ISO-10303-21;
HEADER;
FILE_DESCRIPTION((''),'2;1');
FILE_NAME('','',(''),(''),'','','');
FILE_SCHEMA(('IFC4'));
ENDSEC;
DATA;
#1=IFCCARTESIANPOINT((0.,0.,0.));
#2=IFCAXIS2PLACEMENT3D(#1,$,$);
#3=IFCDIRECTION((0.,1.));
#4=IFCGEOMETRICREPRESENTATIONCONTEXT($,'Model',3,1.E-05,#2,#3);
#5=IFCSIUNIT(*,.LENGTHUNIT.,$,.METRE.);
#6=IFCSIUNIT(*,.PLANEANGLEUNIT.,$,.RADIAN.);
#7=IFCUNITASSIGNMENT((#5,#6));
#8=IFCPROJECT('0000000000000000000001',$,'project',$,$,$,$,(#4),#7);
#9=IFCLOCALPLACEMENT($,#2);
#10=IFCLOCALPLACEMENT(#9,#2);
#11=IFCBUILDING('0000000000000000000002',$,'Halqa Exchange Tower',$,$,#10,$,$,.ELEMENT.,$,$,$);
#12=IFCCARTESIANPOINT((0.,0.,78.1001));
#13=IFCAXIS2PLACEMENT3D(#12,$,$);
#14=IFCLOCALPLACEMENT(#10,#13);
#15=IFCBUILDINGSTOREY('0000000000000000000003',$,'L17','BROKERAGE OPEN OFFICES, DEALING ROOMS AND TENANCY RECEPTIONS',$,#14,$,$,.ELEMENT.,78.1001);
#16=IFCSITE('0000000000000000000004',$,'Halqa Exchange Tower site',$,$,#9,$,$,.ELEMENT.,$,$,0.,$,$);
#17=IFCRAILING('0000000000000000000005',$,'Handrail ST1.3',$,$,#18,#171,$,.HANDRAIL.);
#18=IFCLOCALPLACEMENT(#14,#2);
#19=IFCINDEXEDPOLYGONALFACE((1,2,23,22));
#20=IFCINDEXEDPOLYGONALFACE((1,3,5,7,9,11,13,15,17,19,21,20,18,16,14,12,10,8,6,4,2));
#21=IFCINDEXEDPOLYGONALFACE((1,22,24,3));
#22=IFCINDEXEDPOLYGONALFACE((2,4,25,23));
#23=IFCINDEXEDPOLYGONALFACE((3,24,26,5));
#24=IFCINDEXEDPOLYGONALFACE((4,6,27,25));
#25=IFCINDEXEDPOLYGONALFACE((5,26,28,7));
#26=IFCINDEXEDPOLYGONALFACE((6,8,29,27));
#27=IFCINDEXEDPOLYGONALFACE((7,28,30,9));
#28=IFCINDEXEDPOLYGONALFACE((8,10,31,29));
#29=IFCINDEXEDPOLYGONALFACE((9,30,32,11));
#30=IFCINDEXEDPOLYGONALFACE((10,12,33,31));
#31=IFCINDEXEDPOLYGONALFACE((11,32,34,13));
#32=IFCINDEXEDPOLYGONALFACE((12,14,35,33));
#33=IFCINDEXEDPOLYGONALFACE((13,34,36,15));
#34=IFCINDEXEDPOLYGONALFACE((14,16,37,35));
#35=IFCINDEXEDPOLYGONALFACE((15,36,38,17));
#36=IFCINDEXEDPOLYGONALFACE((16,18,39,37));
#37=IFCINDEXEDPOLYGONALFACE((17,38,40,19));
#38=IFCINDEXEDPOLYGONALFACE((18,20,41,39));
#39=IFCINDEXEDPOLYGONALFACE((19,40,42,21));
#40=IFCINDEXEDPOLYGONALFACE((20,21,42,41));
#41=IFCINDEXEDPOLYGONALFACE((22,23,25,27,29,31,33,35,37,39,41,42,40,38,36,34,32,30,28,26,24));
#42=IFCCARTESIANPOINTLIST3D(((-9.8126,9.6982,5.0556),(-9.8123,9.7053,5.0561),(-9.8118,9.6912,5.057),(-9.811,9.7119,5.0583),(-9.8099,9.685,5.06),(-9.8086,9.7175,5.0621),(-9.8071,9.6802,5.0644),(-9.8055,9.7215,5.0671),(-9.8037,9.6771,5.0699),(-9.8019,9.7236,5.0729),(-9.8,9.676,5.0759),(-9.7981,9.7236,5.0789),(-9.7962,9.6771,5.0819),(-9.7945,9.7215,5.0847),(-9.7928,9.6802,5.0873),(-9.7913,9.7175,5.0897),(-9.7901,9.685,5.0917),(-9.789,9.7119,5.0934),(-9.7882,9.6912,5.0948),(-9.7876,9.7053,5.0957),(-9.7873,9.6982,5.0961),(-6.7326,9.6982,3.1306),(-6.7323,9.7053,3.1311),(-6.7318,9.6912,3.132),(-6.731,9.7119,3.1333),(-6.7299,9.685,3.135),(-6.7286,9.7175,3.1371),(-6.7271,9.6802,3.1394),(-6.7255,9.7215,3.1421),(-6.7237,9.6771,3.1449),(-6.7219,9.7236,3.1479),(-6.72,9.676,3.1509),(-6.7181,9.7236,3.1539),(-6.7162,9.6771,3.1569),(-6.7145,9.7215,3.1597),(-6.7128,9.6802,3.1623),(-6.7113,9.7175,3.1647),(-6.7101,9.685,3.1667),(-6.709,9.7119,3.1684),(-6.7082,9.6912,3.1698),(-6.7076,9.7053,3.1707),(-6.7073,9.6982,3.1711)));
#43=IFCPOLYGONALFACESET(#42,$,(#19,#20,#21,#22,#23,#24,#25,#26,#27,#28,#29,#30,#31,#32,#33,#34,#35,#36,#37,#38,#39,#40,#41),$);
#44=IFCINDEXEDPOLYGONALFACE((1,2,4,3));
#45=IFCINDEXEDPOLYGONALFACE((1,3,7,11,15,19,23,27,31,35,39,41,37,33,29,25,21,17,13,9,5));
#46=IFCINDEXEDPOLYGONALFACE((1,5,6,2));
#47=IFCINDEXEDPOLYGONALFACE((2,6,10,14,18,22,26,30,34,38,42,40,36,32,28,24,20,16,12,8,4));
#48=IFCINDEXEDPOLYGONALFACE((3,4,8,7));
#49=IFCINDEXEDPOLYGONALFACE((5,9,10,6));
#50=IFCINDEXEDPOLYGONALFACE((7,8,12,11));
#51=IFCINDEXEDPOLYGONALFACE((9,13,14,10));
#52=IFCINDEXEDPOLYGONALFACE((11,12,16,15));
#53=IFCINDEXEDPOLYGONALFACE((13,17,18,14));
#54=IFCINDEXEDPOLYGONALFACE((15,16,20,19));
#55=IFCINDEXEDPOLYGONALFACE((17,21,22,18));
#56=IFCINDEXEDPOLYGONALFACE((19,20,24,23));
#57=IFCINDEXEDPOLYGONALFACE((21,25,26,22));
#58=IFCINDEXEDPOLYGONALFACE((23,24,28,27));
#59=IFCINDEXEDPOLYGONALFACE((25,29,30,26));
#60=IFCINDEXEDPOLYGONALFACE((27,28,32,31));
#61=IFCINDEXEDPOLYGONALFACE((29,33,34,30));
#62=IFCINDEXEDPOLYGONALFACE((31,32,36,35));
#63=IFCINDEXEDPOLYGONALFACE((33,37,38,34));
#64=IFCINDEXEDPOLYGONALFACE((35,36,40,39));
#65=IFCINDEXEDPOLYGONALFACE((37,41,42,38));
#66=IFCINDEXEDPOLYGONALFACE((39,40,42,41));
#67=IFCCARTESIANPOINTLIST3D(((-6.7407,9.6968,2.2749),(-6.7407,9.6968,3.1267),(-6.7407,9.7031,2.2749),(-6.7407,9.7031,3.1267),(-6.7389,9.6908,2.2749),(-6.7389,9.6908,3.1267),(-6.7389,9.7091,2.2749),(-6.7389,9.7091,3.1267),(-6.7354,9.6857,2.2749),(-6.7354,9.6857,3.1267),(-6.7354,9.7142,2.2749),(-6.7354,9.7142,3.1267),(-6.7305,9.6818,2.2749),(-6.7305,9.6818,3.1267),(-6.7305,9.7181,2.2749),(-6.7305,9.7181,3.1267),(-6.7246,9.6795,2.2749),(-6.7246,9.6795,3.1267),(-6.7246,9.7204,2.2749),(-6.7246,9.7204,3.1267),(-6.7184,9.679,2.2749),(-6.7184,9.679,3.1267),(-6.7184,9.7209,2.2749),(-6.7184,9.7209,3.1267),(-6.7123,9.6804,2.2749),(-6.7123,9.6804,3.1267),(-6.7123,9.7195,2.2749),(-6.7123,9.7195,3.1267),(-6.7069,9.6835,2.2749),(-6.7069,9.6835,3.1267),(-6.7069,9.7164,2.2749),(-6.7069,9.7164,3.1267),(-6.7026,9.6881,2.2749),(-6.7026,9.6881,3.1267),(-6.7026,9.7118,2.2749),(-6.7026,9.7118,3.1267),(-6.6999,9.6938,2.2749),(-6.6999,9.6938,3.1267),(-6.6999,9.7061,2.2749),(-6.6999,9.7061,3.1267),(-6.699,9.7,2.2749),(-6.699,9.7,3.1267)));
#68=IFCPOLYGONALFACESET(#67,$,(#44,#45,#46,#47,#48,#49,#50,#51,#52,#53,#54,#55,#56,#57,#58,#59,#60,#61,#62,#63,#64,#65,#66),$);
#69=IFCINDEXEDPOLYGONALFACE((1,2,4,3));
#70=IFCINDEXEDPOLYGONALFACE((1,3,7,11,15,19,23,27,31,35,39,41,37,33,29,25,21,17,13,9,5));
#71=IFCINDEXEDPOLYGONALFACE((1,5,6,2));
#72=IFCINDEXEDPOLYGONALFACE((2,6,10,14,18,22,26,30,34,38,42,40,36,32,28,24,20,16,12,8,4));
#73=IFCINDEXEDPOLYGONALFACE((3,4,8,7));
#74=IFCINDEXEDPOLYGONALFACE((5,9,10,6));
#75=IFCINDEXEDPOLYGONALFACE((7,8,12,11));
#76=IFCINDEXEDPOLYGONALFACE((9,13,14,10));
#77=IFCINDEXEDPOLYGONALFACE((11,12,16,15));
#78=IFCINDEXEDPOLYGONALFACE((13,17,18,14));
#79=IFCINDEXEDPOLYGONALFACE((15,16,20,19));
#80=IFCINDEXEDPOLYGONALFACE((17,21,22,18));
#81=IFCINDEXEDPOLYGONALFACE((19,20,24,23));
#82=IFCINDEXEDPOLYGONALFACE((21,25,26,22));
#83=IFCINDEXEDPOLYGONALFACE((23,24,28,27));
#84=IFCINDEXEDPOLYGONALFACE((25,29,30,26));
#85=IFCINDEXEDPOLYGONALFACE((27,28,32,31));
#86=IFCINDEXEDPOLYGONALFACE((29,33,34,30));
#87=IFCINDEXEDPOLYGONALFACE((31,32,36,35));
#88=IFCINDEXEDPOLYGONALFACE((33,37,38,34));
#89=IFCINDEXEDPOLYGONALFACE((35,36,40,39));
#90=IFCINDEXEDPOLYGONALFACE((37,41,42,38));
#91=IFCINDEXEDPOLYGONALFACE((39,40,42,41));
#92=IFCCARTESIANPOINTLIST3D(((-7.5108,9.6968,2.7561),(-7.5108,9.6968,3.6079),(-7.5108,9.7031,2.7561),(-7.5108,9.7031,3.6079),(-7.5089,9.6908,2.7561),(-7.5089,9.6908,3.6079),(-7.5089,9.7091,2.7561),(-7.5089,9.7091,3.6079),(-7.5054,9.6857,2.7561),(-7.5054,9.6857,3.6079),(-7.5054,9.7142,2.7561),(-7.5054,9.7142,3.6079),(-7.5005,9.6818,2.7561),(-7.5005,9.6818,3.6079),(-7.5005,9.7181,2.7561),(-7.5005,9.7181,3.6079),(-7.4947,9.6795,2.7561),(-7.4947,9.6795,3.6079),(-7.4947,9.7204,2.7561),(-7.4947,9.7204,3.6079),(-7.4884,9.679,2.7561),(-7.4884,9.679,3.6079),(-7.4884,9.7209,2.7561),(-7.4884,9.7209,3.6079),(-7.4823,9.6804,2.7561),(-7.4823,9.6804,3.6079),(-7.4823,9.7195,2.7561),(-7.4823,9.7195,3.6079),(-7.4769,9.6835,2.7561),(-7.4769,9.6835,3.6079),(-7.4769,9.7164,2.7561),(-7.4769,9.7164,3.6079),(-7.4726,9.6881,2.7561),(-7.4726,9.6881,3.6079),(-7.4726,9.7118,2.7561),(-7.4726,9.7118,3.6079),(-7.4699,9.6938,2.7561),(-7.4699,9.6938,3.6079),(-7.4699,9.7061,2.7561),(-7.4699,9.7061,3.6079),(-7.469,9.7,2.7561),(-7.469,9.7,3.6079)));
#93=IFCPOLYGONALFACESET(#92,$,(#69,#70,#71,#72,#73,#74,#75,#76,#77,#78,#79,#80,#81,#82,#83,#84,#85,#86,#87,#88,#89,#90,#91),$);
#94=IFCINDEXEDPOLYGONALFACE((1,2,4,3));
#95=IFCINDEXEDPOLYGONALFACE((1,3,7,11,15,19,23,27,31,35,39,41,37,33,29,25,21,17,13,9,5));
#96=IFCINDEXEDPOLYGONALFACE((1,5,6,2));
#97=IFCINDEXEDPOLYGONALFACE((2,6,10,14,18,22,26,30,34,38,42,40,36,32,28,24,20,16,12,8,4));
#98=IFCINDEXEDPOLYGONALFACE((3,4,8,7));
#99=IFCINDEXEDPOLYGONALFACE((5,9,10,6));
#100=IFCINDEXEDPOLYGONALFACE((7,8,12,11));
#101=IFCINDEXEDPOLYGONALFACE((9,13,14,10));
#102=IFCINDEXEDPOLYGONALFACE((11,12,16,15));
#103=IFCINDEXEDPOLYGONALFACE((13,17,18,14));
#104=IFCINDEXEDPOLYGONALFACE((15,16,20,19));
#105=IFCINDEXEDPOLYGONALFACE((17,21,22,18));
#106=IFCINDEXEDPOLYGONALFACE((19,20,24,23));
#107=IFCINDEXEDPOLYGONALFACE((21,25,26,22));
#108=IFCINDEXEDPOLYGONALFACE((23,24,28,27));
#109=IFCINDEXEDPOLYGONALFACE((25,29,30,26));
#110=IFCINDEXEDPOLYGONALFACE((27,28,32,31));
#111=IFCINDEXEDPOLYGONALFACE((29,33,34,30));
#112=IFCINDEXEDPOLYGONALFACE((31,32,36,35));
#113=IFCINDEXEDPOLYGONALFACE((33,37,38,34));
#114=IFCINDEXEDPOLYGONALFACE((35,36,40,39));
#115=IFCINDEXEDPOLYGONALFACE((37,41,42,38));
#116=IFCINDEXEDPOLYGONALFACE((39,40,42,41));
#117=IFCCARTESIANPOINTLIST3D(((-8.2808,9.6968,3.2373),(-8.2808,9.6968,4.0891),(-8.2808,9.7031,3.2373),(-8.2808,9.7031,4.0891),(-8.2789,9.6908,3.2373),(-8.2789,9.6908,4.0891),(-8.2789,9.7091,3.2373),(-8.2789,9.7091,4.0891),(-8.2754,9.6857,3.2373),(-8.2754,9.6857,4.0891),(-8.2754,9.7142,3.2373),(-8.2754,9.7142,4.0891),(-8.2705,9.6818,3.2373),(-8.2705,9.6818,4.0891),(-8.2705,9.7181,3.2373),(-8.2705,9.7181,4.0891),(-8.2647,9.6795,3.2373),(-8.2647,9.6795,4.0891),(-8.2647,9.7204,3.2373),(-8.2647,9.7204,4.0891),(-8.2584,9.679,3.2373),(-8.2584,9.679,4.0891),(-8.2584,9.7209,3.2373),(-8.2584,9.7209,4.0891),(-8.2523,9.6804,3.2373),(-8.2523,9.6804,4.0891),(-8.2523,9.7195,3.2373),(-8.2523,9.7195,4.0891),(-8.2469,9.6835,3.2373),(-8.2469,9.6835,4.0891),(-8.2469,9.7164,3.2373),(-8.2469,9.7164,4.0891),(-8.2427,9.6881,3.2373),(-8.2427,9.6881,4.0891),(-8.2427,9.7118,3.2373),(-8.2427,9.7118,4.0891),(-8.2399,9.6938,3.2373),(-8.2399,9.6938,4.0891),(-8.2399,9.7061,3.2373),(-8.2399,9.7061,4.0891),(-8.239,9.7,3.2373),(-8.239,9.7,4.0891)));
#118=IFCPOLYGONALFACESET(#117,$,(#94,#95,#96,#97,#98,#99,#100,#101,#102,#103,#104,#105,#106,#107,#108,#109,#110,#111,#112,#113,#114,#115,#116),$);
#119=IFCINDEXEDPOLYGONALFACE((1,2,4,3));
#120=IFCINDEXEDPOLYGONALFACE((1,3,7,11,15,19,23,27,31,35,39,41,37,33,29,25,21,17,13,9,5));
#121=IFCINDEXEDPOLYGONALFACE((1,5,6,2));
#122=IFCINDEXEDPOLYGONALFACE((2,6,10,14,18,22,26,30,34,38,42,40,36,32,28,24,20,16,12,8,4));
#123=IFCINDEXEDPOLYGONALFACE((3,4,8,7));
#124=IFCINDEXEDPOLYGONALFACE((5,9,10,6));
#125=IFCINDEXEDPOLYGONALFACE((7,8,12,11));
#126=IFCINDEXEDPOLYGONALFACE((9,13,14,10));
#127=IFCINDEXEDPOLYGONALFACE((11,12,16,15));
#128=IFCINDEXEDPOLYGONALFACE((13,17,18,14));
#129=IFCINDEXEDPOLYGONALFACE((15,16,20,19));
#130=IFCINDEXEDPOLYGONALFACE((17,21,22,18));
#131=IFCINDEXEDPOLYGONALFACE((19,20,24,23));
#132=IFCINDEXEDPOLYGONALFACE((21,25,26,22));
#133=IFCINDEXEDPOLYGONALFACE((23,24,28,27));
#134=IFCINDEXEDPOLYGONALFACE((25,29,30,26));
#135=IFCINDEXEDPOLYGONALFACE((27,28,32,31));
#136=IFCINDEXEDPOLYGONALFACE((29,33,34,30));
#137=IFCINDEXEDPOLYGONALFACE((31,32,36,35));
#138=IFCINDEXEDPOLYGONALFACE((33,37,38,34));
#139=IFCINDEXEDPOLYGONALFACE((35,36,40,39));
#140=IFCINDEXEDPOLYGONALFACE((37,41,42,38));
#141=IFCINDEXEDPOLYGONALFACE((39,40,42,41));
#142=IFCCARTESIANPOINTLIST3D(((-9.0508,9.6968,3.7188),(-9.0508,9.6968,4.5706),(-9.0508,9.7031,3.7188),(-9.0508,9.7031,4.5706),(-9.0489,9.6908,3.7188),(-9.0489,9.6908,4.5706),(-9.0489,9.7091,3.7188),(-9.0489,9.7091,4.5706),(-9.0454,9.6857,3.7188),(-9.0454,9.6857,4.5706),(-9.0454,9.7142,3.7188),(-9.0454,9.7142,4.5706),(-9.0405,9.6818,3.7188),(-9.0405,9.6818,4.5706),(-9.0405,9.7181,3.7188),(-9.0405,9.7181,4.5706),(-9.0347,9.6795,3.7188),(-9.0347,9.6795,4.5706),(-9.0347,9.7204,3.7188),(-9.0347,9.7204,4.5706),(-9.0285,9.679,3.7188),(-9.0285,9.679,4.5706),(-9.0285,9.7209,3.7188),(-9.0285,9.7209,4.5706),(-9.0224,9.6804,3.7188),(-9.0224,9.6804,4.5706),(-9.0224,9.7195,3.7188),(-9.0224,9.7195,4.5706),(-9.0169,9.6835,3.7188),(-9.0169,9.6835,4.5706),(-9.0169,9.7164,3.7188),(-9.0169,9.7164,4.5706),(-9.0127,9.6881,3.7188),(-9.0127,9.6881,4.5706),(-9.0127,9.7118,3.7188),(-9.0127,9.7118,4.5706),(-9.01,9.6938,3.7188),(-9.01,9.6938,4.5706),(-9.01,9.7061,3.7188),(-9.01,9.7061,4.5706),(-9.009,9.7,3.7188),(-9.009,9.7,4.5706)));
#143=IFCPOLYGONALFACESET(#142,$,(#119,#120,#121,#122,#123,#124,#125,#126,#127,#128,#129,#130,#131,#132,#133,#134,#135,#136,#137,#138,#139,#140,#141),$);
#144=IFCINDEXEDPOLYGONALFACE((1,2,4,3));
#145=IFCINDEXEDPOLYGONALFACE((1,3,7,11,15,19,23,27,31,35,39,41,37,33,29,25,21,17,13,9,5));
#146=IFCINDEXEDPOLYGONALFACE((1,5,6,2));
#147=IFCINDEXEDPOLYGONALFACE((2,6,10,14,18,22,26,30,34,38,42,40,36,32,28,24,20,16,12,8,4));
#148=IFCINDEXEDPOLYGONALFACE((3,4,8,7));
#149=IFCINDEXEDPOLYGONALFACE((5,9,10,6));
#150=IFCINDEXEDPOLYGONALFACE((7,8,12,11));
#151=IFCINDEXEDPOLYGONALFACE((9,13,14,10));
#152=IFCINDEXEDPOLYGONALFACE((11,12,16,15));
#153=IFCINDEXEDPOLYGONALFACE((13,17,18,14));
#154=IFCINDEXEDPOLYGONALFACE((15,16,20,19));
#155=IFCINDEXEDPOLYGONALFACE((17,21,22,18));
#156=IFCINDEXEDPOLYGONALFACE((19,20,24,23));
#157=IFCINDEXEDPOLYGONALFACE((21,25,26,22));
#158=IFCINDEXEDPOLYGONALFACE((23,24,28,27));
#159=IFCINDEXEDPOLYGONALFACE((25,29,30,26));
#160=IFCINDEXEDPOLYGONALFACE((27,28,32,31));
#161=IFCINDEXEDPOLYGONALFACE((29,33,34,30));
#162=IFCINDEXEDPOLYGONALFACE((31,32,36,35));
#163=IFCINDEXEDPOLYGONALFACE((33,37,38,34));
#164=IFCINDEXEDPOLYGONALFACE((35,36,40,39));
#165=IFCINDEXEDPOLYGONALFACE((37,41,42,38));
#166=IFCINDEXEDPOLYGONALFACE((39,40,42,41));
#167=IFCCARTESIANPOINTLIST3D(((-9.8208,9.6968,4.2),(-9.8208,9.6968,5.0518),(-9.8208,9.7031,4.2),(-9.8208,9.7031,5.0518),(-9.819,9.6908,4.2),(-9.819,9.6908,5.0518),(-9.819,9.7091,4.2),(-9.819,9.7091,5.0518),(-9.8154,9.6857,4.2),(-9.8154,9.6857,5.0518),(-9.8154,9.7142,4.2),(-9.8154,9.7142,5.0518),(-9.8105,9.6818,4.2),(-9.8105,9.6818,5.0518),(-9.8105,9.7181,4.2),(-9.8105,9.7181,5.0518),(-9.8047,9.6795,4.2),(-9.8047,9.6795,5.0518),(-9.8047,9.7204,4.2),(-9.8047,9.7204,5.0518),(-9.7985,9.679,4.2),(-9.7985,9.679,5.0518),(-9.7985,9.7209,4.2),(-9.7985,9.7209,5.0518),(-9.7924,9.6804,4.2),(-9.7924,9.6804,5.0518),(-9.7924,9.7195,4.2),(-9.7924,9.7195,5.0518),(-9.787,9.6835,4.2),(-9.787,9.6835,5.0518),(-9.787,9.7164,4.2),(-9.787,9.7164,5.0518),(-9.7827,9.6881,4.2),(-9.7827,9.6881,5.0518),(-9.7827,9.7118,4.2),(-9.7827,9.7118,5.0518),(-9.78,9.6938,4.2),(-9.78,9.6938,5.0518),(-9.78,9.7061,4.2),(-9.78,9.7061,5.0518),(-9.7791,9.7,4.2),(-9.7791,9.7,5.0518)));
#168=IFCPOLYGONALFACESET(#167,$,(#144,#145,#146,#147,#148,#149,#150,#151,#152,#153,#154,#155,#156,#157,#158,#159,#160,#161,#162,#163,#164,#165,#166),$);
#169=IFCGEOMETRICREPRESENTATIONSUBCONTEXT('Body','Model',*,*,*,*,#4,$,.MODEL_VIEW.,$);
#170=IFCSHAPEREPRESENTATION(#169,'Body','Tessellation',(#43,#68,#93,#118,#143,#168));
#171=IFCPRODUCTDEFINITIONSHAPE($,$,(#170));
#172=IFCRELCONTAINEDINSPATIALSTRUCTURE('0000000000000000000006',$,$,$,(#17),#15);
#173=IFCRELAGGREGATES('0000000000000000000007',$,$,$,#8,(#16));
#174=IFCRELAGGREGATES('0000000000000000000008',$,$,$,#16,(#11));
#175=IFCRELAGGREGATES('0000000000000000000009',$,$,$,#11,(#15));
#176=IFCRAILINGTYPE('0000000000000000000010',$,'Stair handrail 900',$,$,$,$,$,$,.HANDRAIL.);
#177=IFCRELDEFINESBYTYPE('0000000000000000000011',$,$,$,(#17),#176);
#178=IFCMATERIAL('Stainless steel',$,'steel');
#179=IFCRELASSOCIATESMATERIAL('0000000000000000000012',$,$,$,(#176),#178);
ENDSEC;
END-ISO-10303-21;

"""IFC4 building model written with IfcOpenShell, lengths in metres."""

from ifc_helpers import new_model, si_unit, direction, frame, origin, origin_2d, place, context, subcontext, project, spatial, circle, extrude, material, type_object, element, save


model = new_model("IFC4")

# Units and contexts
model_context = context("Model", 3, precision=1e-05, world=origin(), true_north=direction((0.0, 1.0)))
body_context = subcontext(model_context, "Body", "Model", "MODEL_VIEW")
ifc_project = project(units=[si_unit("LENGTHUNIT", "METRE"), si_unit("PLANEANGLEUNIT", "RADIAN")], contexts=[model_context])

# Site, building, storey
site_placement = place(None, origin())
site = spatial("IfcSite", under=ifc_project, at=site_placement, Name="Halqa Exchange Tower site", CompositionType="ELEMENT", RefElevation=0.0)
building_placement = place(site_placement, origin())
building = spatial("IfcBuilding", under=site, at=building_placement, Name="Halqa Exchange Tower", CompositionType="ELEMENT")
storey_placement = place(building_placement, frame((0.0, 0.0, 78.1001)))
storey = spatial("IfcBuildingStorey", under=building, at=storey_placement, Name="L17", Description="BROKERAGE OPEN OFFICES, DEALING ROOMS AND TENANCY RECEPTIONS", CompositionType="ELEMENT", Elevation=78.1001)

# Railing
ifc_material_1 = material(Name="Stainless steel", Category="steel")
railing_type_1 = type_object("IfcRailingType", Name="Stair handrail 900", PredefinedType="HANDRAIL", material=ifc_material_1)
railing_1_placement = place(storey_placement, frame((-6.72, 9.7, 2.2749)))
element("IfcRailing", 1, at=railing_1_placement, inside=storey, type_object=railing_type_1, Name="Handrail ST1.3", PredefinedType="HANDRAIL", context=body_context, shape_type="SweptSolid", body=[
    extrude(circle(Radius=0.0239, at=origin_2d()), frame((0.0, 0.0, 0.876), z_axis=(-0.847998, 0.0, 0.529999), x_axis=(0.0, -1.0, 0.0)), (0.0, 0.0, 1.0), 3.6321),
    extrude(circle(Radius=0.021, at=origin_2d()), origin(), (0.0, 0.0, 1.0), 0.8518),
    extrude(circle(Radius=0.021, at=origin_2d()), frame((-0.77, 0.0, 0.4812)), (0.0, 0.0, 1.0), 0.8518),
    extrude(circle(Radius=0.021, at=origin_2d()), frame((-1.54, 0.0, 0.9624)), (0.0, 0.0, 1.0), 0.8518),
    extrude(circle(Radius=0.021, at=origin_2d()), frame((-2.3101, 0.0, 1.4438)), (0.0, 0.0, 1.0), 0.8518),
    extrude(circle(Radius=0.021, at=origin_2d()), frame((-3.0801, 0.0, 1.925)), (0.0, 0.0, 1.0), 0.8518),
])

save(model, "model.ifc")
